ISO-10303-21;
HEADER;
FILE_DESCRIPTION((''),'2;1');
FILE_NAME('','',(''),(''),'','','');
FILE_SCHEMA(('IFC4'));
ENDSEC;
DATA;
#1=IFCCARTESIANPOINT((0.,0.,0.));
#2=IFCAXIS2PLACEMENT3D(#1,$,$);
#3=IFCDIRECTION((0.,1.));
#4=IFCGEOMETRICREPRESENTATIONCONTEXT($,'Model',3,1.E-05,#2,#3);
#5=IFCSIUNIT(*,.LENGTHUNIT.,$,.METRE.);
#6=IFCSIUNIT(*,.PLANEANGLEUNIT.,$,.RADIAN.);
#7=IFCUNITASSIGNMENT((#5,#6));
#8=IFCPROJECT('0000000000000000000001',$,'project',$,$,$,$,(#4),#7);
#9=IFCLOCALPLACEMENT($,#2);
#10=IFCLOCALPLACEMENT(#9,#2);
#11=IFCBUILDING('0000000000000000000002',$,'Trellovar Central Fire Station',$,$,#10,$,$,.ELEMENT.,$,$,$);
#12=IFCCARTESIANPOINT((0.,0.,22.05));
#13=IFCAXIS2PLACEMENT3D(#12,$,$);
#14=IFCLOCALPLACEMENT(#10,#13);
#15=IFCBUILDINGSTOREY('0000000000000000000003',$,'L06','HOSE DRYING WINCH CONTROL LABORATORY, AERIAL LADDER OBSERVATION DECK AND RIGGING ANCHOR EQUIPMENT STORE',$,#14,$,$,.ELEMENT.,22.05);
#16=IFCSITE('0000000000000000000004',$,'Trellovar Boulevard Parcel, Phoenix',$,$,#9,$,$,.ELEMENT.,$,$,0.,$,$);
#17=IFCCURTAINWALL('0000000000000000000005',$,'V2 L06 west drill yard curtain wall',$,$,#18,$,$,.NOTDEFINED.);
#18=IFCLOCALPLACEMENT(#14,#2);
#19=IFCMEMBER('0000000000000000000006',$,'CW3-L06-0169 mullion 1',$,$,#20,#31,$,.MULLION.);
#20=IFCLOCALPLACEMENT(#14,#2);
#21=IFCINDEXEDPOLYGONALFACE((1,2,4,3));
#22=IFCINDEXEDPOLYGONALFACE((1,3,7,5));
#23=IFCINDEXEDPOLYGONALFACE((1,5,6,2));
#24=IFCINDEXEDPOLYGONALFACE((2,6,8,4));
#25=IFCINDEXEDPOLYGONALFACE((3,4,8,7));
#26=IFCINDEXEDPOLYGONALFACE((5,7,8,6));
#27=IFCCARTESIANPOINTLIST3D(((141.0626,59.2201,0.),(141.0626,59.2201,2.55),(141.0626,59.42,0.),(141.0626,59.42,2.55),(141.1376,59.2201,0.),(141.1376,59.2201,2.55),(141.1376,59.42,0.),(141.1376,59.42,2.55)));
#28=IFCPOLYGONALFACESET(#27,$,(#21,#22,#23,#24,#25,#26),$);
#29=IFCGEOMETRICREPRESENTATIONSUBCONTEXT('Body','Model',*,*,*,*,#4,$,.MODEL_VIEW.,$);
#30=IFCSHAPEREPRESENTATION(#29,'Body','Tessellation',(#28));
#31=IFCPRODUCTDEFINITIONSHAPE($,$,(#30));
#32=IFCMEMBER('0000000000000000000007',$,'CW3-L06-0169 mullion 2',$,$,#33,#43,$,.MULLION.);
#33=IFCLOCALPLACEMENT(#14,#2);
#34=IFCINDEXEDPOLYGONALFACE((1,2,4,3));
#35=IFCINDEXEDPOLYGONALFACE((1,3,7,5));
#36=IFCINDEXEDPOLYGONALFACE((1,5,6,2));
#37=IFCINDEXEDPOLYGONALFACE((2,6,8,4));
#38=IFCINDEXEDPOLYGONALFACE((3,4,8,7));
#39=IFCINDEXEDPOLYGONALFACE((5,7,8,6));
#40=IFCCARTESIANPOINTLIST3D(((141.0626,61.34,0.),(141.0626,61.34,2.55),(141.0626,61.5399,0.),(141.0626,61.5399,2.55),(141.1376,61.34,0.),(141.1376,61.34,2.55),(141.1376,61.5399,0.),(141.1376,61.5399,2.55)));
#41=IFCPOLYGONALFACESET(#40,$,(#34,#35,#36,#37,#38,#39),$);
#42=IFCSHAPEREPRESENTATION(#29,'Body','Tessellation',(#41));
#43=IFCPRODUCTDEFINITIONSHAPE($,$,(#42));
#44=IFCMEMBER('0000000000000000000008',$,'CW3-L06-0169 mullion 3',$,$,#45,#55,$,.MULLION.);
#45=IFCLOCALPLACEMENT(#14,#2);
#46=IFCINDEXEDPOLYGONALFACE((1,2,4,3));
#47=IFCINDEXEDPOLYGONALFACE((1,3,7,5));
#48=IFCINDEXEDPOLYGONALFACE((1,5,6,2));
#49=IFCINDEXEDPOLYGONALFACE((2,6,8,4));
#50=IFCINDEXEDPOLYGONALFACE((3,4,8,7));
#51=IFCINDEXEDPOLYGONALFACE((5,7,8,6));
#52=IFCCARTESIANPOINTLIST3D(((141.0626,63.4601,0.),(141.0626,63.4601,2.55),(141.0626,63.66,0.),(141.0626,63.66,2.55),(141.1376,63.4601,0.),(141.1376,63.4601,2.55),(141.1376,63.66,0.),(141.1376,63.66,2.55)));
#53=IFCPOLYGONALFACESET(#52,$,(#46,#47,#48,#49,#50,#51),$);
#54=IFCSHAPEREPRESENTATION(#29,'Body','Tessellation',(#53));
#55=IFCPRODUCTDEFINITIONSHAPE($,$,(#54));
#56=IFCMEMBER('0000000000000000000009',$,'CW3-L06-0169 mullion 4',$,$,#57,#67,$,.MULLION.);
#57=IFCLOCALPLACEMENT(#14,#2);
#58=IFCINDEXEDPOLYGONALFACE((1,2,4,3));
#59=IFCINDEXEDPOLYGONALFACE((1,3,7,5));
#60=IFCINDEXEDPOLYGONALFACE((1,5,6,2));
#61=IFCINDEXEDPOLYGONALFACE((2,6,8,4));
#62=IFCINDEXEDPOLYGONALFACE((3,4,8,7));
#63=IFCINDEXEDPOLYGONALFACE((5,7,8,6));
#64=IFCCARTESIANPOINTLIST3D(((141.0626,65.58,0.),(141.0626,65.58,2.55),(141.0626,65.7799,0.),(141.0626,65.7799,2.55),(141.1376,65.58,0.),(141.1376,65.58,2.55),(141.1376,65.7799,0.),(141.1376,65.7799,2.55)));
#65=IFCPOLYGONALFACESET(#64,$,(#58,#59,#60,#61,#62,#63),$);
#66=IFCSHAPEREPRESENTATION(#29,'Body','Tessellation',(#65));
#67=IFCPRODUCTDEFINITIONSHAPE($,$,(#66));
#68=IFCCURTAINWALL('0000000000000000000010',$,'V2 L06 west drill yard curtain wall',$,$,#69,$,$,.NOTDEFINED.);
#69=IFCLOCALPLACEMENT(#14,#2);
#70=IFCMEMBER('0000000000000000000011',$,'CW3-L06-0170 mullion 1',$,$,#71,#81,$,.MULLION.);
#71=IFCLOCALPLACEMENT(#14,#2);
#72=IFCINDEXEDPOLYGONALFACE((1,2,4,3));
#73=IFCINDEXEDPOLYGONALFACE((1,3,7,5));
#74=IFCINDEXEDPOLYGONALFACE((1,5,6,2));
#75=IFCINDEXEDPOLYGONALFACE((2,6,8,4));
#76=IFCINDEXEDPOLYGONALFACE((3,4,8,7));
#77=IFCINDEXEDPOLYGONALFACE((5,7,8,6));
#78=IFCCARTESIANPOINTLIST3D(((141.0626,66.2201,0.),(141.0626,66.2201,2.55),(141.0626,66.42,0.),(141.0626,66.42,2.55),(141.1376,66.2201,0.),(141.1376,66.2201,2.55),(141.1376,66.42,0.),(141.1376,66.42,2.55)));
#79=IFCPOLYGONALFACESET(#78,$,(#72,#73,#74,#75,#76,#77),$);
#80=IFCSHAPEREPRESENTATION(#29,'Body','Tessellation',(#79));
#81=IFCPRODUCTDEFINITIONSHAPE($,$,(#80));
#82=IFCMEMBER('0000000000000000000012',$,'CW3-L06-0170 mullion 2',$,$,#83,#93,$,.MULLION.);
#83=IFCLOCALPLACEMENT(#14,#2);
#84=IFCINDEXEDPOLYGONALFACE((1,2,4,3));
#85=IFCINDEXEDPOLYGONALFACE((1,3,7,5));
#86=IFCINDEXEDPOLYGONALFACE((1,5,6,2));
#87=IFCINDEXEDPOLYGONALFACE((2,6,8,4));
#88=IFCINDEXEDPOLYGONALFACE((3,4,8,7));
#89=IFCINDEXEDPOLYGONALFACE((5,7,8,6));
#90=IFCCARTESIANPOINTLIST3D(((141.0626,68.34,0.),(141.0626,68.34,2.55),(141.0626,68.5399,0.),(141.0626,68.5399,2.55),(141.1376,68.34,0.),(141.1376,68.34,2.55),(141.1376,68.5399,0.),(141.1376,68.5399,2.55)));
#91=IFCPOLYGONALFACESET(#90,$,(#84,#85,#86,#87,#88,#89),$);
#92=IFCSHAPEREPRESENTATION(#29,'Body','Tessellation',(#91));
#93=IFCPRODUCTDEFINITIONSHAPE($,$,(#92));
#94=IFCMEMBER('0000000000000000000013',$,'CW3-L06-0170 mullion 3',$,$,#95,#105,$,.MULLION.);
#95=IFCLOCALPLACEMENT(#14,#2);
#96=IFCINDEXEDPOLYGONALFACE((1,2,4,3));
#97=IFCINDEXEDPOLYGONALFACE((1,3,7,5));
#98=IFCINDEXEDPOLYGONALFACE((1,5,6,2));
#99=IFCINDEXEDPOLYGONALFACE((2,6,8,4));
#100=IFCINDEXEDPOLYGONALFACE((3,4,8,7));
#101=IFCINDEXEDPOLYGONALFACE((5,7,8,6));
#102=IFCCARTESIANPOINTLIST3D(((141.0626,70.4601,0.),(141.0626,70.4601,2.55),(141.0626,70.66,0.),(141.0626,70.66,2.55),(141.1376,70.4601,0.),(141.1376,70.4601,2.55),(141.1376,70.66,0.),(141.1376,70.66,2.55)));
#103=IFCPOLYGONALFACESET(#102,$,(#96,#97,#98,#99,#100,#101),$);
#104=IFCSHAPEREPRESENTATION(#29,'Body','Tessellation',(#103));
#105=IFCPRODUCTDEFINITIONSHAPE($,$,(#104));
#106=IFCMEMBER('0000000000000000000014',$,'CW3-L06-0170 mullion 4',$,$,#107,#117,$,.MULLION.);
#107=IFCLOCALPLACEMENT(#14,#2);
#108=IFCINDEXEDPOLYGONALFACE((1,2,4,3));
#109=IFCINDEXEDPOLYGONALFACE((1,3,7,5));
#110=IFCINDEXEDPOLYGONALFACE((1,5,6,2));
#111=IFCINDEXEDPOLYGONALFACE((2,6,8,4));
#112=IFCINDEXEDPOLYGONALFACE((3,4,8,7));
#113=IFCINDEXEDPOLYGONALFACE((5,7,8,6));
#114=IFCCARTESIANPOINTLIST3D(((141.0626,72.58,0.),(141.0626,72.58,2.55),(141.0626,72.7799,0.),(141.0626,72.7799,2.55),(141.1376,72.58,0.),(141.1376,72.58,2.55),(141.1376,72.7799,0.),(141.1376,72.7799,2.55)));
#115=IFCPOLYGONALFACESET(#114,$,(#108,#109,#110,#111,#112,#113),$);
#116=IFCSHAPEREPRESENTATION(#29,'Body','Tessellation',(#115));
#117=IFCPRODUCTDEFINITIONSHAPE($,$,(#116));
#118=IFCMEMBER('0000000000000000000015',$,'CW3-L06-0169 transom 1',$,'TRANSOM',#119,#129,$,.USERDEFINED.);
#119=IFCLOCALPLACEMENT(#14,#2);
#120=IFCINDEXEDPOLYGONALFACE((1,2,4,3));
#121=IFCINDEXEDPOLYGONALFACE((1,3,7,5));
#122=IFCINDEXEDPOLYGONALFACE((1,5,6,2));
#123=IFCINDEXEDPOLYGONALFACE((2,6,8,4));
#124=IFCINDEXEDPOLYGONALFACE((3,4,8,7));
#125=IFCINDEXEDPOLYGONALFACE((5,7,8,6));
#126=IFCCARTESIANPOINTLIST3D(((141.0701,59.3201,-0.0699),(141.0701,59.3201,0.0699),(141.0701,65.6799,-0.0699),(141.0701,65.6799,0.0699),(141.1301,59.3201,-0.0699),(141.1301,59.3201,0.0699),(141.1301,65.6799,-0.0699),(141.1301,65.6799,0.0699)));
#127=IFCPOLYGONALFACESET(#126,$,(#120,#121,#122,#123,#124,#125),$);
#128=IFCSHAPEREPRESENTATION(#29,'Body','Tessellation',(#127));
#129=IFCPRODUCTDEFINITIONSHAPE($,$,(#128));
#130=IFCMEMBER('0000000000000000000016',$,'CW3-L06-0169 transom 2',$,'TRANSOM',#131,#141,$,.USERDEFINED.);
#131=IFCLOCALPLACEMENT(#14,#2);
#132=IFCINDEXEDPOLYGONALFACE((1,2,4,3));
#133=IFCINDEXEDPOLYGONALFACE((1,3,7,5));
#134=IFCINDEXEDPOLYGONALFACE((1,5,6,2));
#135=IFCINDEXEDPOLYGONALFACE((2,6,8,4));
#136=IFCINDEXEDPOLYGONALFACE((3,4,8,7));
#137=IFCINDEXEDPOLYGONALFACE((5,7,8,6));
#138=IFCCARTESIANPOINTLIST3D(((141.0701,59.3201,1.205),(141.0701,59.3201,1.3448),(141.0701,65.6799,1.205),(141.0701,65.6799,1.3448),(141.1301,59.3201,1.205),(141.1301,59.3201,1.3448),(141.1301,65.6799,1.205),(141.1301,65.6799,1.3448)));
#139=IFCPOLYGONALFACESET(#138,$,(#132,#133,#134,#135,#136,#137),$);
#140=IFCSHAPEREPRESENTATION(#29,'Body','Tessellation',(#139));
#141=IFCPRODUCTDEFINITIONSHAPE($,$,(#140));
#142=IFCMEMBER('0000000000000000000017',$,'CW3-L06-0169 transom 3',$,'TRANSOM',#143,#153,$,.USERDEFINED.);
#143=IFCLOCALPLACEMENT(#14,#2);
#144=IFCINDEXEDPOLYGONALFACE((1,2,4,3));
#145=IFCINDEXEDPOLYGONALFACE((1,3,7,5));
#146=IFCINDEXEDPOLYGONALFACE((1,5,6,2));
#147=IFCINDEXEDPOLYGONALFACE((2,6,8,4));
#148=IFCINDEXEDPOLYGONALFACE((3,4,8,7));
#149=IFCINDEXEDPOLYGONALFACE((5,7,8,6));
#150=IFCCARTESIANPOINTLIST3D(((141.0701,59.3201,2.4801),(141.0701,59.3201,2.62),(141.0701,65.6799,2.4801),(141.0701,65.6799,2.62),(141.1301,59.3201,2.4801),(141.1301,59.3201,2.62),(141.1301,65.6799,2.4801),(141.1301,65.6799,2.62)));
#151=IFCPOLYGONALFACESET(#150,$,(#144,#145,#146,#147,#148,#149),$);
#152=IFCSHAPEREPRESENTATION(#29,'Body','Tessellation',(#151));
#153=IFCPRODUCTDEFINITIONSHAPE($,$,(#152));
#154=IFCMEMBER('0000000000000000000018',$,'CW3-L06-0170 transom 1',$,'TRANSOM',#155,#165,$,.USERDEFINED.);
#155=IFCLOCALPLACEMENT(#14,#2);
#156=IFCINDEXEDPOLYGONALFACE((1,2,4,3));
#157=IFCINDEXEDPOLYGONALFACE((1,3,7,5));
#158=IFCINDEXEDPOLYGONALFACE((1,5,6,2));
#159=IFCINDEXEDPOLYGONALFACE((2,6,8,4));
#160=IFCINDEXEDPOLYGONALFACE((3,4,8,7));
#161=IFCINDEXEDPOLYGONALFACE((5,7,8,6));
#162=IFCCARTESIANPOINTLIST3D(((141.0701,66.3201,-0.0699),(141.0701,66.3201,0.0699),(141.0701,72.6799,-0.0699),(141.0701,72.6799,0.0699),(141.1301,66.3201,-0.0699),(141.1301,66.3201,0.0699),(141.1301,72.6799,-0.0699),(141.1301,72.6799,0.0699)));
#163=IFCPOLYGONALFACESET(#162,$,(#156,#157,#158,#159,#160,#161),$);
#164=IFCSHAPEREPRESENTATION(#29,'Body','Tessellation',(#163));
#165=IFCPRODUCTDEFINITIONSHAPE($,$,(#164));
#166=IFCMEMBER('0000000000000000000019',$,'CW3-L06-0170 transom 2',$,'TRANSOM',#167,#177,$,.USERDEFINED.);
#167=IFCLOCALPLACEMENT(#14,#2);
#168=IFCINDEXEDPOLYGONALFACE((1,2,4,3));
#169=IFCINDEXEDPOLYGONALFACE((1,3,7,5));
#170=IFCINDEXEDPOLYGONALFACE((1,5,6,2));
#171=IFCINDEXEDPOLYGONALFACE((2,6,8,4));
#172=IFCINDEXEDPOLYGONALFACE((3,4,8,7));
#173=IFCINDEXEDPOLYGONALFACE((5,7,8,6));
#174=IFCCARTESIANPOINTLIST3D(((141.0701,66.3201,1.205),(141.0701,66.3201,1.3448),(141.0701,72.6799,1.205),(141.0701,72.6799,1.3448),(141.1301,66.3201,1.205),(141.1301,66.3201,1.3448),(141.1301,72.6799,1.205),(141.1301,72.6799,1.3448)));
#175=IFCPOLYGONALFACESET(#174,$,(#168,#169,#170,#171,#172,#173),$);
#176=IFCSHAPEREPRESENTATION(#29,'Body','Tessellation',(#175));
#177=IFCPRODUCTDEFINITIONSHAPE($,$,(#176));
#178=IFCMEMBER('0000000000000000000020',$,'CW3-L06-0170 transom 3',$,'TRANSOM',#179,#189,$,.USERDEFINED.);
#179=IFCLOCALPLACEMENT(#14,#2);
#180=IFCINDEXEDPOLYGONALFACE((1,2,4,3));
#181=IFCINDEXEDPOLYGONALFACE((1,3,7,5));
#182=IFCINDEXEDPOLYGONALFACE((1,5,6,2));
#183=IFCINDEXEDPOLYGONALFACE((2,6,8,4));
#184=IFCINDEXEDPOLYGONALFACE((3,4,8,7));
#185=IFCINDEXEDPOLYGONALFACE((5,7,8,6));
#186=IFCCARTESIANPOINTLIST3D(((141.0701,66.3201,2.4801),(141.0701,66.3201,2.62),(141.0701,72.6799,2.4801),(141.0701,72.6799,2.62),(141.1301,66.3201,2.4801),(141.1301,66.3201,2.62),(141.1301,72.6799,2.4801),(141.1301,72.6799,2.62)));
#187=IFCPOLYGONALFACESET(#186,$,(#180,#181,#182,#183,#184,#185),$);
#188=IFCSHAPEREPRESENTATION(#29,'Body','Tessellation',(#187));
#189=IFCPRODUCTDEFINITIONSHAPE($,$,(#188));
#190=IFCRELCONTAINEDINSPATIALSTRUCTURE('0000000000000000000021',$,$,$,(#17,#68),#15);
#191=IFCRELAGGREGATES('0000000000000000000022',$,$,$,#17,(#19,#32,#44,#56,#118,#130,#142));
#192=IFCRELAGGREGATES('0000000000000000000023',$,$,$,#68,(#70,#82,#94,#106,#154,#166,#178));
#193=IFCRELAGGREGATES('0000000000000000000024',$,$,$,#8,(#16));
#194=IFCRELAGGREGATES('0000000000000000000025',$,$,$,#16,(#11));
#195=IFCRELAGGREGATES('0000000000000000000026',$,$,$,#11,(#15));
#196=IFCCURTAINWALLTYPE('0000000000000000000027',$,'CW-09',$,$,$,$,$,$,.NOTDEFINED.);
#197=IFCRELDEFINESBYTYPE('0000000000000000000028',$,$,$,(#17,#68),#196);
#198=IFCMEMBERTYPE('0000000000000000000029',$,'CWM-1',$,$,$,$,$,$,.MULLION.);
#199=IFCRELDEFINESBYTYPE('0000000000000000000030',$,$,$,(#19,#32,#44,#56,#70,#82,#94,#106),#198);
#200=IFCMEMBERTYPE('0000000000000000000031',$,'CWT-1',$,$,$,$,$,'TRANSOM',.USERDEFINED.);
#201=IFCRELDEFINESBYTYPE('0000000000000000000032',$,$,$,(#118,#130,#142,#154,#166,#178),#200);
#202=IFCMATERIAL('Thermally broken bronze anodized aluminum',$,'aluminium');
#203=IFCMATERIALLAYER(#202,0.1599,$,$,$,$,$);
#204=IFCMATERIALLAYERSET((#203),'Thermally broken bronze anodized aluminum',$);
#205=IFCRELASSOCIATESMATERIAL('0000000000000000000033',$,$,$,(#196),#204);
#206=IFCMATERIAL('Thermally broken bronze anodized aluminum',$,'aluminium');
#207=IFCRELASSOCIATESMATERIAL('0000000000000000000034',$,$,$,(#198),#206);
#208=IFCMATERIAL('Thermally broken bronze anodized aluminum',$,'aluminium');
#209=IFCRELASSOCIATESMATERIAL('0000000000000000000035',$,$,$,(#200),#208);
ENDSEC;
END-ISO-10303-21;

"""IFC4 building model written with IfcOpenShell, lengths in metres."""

from ifc_helpers import new_model, si_unit, direction, frame, origin, origin_2d, place, context, subcontext, project, spatial, rectangle, extrude, material, layer, layer_set, material_profile, profile_set, type_object, element, aggregate, save


model = new_model("IFC4")

# Units and contexts
model_context = context("Model", 3, precision=1e-05, world=origin(), true_north=direction((0.0, 1.0)))
body_context = subcontext(model_context, "Body", "Model", "MODEL_VIEW")
ifc_project = project(units=[si_unit("LENGTHUNIT", "METRE"), si_unit("PLANEANGLEUNIT", "RADIAN")], contexts=[model_context])

# Site, building, storey
site_placement = place(None, origin())
site = spatial("IfcSite", under=ifc_project, at=site_placement, Name="Trellovar Boulevard Parcel, Phoenix", CompositionType="ELEMENT", RefElevation=0.0)
building_placement = place(site_placement, origin())
building = spatial("IfcBuilding", under=site, at=building_placement, Name="Trellovar Central Fire Station", CompositionType="ELEMENT")
storey_placement = place(building_placement, frame((0.0, 0.0, 22.05)))
storey = spatial("IfcBuildingStorey", under=building, at=storey_placement, Name="L06", Description="HOSE DRYING WINCH CONTROL LABORATORY, AERIAL LADDER OBSERVATION DECK AND RIGGING ANCHOR EQUIPMENT STORE", CompositionType="ELEMENT", Elevation=22.05)

# Curtain walls, members
ifc_material_1 = material(Name="Thermally broken bronze anodized aluminum", Category="aluminium")
ifc_layer_1 = layer(ifc_material_1, 0.1599)
ifc_layer_set_1 = layer_set([ifc_layer_1], Name="Thermally broken bronze anodized aluminum")
curtain_wall_type = type_object("IfcCurtainWallType", Name="CW-09", PredefinedType="NOTDEFINED", material=ifc_layer_set_1)
curtain_wall_1_placement = place(storey_placement, origin())
curtain_wall_1 = element("IfcCurtainWall", 1, at=curtain_wall_1_placement, inside=storey, type_object=curtain_wall_type, Name="V2 L06 west drill yard curtain wall", PredefinedType="NOTDEFINED")
ifc_material_2 = material(Name="Thermally broken bronze anodized aluminum", Category="aluminium")
ifc_material_profile_1 = material_profile(ifc_material_2, rectangle(XDim=0.075, YDim=0.2, at=origin_2d()), Name="ALU75X200")
ifc_profile_set_1 = profile_set([ifc_material_profile_1], Name="Thermally broken bronze anodized aluminum")
member_type_1 = type_object("IfcMemberType", Name="CWM-1", PredefinedType="MULLION", material=ifc_profile_set_1)
member_1_placement = place(storey_placement, frame((141.1001, 59.3201, 0.0), z_axis=(0.0, 0.0, 1.0), x_axis=(1.0, 0.0, 0.0)))
member_1 = element("IfcMember", 2, at=member_1_placement, type_object=member_type_1, Name="CW3-L06-0169 mullion 1", PredefinedType="MULLION", context=body_context, shape_type="SweptSolid", body=[
    extrude(rectangle(XDim=0.075, YDim=0.2, at=origin_2d()), origin(), (0.0, 0.0, 1.0), 2.55),
])
member_2_placement = place(storey_placement, frame((141.1001, 61.4399, 0.0), z_axis=(0.0, 0.0, 1.0), x_axis=(1.0, 0.0, 0.0)))
member_2 = element("IfcMember", 3, at=member_2_placement, type_object=member_type_1, Name="CW3-L06-0169 mullion 2", PredefinedType="MULLION", context=body_context, shape_type="SweptSolid", body=[
    extrude(rectangle(XDim=0.075, YDim=0.2, at=origin_2d()), origin(), (0.0, 0.0, 1.0), 2.55),
])
member_3_placement = place(storey_placement, frame((141.1001, 63.5601, 0.0), z_axis=(0.0, 0.0, 1.0), x_axis=(1.0, 0.0, 0.0)))
member_3 = element("IfcMember", 4, at=member_3_placement, type_object=member_type_1, Name="CW3-L06-0169 mullion 3", PredefinedType="MULLION", context=body_context, shape_type="SweptSolid", body=[
    extrude(rectangle(XDim=0.075, YDim=0.2, at=origin_2d()), origin(), (0.0, 0.0, 1.0), 2.55),
])
member_4_placement = place(storey_placement, frame((141.1001, 65.6799, 0.0), z_axis=(0.0, 0.0, 1.0), x_axis=(1.0, 0.0, 0.0)))
member_4 = element("IfcMember", 5, at=member_4_placement, type_object=member_type_1, Name="CW3-L06-0169 mullion 4", PredefinedType="MULLION", context=body_context, shape_type="SweptSolid", body=[
    extrude(rectangle(XDim=0.075, YDim=0.2, at=origin_2d()), origin(), (0.0, 0.0, 1.0), 2.55),
])
curtain_wall_2_placement = place(storey_placement, origin())
curtain_wall_2 = element("IfcCurtainWall", 6, at=curtain_wall_2_placement, inside=storey, type_object=curtain_wall_type, Name="V2 L06 west drill yard curtain wall", PredefinedType="NOTDEFINED")
member_5_placement = place(storey_placement, frame((141.1001, 66.3201, 0.0), z_axis=(0.0, 0.0, 1.0), x_axis=(1.0, 0.0, 0.0)))
member_5 = element("IfcMember", 7, at=member_5_placement, type_object=member_type_1, Name="CW3-L06-0170 mullion 1", PredefinedType="MULLION", context=body_context, shape_type="SweptSolid", body=[
    extrude(rectangle(XDim=0.075, YDim=0.2, at=origin_2d()), origin(), (0.0, 0.0, 1.0), 2.55),
])
member_6_placement = place(storey_placement, frame((141.1001, 68.4399, 0.0), z_axis=(0.0, 0.0, 1.0), x_axis=(1.0, 0.0, 0.0)))
member_6 = element("IfcMember", 8, at=member_6_placement, type_object=member_type_1, Name="CW3-L06-0170 mullion 2", PredefinedType="MULLION", context=body_context, shape_type="SweptSolid", body=[
    extrude(rectangle(XDim=0.075, YDim=0.2, at=origin_2d()), origin(), (0.0, 0.0, 1.0), 2.55),
])
member_7_placement = place(storey_placement, frame((141.1001, 70.5601, 0.0), z_axis=(0.0, 0.0, 1.0), x_axis=(1.0, 0.0, 0.0)))
member_7 = element("IfcMember", 9, at=member_7_placement, type_object=member_type_1, Name="CW3-L06-0170 mullion 3", PredefinedType="MULLION", context=body_context, shape_type="SweptSolid", body=[
    extrude(rectangle(XDim=0.075, YDim=0.2, at=origin_2d()), origin(), (0.0, 0.0, 1.0), 2.55),
])
member_8_placement = place(storey_placement, frame((141.1001, 72.6799, 0.0), z_axis=(0.0, 0.0, 1.0), x_axis=(1.0, 0.0, 0.0)))
member_8 = element("IfcMember", 10, at=member_8_placement, type_object=member_type_1, Name="CW3-L06-0170 mullion 4", PredefinedType="MULLION", context=body_context, shape_type="SweptSolid", body=[
    extrude(rectangle(XDim=0.075, YDim=0.2, at=origin_2d()), origin(), (0.0, 0.0, 1.0), 2.55),
])

# Members
ifc_material_3 = material(Name="Thermally broken bronze anodized aluminum", Category="aluminium")
ifc_material_profile_2 = material_profile(ifc_material_3, rectangle(XDim=0.0601, YDim=0.1399, at=origin_2d()), Name="ALU60X140")
ifc_profile_set_2 = profile_set([ifc_material_profile_2], Name="Thermally broken bronze anodized aluminum")
member_type_2 = type_object("IfcMemberType", Name="CWT-1", ElementType="TRANSOM", PredefinedType="USERDEFINED", material=ifc_profile_set_2)
member_9_placement = place(storey_placement, frame((141.1001, 59.3201, 0.0), z_axis=(0.0, 1.0, 0.0), x_axis=(-1.0, 0.0, 0.0)))
member_9 = element("IfcMember", 11, at=member_9_placement, type_object=member_type_2, Name="CW3-L06-0169 transom 1", ObjectType="TRANSOM", PredefinedType="USERDEFINED", context=body_context, shape_type="SweptSolid", body=[
    extrude(rectangle(XDim=0.0601, YDim=0.1399, at=origin_2d()), origin(), (0.0, 0.0, 1.0), 6.3599),
])
member_10_placement = place(storey_placement, frame((141.1001, 59.3201, 1.2749), z_axis=(0.0, 1.0, 0.0), x_axis=(-1.0, 0.0, 0.0)))
member_10 = element("IfcMember", 12, at=member_10_placement, type_object=member_type_2, Name="CW3-L06-0169 transom 2", ObjectType="TRANSOM", PredefinedType="USERDEFINED", context=body_context, shape_type="SweptSolid", body=[
    extrude(rectangle(XDim=0.0601, YDim=0.1399, at=origin_2d()), origin(), (0.0, 0.0, 1.0), 6.3599),
])
member_11_placement = place(storey_placement, frame((141.1001, 59.3201, 2.55), z_axis=(0.0, 1.0, 0.0), x_axis=(-1.0, 0.0, 0.0)))
member_11 = element("IfcMember", 13, at=member_11_placement, type_object=member_type_2, Name="CW3-L06-0169 transom 3", ObjectType="TRANSOM", PredefinedType="USERDEFINED", context=body_context, shape_type="SweptSolid", body=[
    extrude(rectangle(XDim=0.0601, YDim=0.1399, at=origin_2d()), origin(), (0.0, 0.0, 1.0), 6.3599),
])
member_12_placement = place(storey_placement, frame((141.1001, 66.3201, 0.0), z_axis=(0.0, 1.0, 0.0), x_axis=(-1.0, 0.0, 0.0)))
member_12 = element("IfcMember", 14, at=member_12_placement, type_object=member_type_2, Name="CW3-L06-0170 transom 1", ObjectType="TRANSOM", PredefinedType="USERDEFINED", context=body_context, shape_type="SweptSolid", body=[
    extrude(rectangle(XDim=0.0601, YDim=0.1399, at=origin_2d()), origin(), (0.0, 0.0, 1.0), 6.3599),
])
member_13_placement = place(storey_placement, frame((141.1001, 66.3201, 1.2749), z_axis=(0.0, 1.0, 0.0), x_axis=(-1.0, 0.0, 0.0)))
member_13 = element("IfcMember", 15, at=member_13_placement, type_object=member_type_2, Name="CW3-L06-0170 transom 2", ObjectType="TRANSOM", PredefinedType="USERDEFINED", context=body_context, shape_type="SweptSolid", body=[
    extrude(rectangle(XDim=0.0601, YDim=0.1399, at=origin_2d()), origin(), (0.0, 0.0, 1.0), 6.3599),
])
member_14_placement = place(storey_placement, frame((141.1001, 66.3201, 2.55), z_axis=(0.0, 1.0, 0.0), x_axis=(-1.0, 0.0, 0.0)))
member_14 = element("IfcMember", 16, at=member_14_placement, type_object=member_type_2, Name="CW3-L06-0170 transom 3", ObjectType="TRANSOM", PredefinedType="USERDEFINED", context=body_context, shape_type="SweptSolid", body=[
    extrude(rectangle(XDim=0.0601, YDim=0.1399, at=origin_2d()), origin(), (0.0, 0.0, 1.0), 6.3599),
])

aggregate(curtain_wall_1, [member_1, member_2, member_3, member_4, member_9, member_10, member_11])
aggregate(curtain_wall_2, [member_5, member_6, member_7, member_8, member_12, member_13, member_14])

save(model, "model.ifc")
